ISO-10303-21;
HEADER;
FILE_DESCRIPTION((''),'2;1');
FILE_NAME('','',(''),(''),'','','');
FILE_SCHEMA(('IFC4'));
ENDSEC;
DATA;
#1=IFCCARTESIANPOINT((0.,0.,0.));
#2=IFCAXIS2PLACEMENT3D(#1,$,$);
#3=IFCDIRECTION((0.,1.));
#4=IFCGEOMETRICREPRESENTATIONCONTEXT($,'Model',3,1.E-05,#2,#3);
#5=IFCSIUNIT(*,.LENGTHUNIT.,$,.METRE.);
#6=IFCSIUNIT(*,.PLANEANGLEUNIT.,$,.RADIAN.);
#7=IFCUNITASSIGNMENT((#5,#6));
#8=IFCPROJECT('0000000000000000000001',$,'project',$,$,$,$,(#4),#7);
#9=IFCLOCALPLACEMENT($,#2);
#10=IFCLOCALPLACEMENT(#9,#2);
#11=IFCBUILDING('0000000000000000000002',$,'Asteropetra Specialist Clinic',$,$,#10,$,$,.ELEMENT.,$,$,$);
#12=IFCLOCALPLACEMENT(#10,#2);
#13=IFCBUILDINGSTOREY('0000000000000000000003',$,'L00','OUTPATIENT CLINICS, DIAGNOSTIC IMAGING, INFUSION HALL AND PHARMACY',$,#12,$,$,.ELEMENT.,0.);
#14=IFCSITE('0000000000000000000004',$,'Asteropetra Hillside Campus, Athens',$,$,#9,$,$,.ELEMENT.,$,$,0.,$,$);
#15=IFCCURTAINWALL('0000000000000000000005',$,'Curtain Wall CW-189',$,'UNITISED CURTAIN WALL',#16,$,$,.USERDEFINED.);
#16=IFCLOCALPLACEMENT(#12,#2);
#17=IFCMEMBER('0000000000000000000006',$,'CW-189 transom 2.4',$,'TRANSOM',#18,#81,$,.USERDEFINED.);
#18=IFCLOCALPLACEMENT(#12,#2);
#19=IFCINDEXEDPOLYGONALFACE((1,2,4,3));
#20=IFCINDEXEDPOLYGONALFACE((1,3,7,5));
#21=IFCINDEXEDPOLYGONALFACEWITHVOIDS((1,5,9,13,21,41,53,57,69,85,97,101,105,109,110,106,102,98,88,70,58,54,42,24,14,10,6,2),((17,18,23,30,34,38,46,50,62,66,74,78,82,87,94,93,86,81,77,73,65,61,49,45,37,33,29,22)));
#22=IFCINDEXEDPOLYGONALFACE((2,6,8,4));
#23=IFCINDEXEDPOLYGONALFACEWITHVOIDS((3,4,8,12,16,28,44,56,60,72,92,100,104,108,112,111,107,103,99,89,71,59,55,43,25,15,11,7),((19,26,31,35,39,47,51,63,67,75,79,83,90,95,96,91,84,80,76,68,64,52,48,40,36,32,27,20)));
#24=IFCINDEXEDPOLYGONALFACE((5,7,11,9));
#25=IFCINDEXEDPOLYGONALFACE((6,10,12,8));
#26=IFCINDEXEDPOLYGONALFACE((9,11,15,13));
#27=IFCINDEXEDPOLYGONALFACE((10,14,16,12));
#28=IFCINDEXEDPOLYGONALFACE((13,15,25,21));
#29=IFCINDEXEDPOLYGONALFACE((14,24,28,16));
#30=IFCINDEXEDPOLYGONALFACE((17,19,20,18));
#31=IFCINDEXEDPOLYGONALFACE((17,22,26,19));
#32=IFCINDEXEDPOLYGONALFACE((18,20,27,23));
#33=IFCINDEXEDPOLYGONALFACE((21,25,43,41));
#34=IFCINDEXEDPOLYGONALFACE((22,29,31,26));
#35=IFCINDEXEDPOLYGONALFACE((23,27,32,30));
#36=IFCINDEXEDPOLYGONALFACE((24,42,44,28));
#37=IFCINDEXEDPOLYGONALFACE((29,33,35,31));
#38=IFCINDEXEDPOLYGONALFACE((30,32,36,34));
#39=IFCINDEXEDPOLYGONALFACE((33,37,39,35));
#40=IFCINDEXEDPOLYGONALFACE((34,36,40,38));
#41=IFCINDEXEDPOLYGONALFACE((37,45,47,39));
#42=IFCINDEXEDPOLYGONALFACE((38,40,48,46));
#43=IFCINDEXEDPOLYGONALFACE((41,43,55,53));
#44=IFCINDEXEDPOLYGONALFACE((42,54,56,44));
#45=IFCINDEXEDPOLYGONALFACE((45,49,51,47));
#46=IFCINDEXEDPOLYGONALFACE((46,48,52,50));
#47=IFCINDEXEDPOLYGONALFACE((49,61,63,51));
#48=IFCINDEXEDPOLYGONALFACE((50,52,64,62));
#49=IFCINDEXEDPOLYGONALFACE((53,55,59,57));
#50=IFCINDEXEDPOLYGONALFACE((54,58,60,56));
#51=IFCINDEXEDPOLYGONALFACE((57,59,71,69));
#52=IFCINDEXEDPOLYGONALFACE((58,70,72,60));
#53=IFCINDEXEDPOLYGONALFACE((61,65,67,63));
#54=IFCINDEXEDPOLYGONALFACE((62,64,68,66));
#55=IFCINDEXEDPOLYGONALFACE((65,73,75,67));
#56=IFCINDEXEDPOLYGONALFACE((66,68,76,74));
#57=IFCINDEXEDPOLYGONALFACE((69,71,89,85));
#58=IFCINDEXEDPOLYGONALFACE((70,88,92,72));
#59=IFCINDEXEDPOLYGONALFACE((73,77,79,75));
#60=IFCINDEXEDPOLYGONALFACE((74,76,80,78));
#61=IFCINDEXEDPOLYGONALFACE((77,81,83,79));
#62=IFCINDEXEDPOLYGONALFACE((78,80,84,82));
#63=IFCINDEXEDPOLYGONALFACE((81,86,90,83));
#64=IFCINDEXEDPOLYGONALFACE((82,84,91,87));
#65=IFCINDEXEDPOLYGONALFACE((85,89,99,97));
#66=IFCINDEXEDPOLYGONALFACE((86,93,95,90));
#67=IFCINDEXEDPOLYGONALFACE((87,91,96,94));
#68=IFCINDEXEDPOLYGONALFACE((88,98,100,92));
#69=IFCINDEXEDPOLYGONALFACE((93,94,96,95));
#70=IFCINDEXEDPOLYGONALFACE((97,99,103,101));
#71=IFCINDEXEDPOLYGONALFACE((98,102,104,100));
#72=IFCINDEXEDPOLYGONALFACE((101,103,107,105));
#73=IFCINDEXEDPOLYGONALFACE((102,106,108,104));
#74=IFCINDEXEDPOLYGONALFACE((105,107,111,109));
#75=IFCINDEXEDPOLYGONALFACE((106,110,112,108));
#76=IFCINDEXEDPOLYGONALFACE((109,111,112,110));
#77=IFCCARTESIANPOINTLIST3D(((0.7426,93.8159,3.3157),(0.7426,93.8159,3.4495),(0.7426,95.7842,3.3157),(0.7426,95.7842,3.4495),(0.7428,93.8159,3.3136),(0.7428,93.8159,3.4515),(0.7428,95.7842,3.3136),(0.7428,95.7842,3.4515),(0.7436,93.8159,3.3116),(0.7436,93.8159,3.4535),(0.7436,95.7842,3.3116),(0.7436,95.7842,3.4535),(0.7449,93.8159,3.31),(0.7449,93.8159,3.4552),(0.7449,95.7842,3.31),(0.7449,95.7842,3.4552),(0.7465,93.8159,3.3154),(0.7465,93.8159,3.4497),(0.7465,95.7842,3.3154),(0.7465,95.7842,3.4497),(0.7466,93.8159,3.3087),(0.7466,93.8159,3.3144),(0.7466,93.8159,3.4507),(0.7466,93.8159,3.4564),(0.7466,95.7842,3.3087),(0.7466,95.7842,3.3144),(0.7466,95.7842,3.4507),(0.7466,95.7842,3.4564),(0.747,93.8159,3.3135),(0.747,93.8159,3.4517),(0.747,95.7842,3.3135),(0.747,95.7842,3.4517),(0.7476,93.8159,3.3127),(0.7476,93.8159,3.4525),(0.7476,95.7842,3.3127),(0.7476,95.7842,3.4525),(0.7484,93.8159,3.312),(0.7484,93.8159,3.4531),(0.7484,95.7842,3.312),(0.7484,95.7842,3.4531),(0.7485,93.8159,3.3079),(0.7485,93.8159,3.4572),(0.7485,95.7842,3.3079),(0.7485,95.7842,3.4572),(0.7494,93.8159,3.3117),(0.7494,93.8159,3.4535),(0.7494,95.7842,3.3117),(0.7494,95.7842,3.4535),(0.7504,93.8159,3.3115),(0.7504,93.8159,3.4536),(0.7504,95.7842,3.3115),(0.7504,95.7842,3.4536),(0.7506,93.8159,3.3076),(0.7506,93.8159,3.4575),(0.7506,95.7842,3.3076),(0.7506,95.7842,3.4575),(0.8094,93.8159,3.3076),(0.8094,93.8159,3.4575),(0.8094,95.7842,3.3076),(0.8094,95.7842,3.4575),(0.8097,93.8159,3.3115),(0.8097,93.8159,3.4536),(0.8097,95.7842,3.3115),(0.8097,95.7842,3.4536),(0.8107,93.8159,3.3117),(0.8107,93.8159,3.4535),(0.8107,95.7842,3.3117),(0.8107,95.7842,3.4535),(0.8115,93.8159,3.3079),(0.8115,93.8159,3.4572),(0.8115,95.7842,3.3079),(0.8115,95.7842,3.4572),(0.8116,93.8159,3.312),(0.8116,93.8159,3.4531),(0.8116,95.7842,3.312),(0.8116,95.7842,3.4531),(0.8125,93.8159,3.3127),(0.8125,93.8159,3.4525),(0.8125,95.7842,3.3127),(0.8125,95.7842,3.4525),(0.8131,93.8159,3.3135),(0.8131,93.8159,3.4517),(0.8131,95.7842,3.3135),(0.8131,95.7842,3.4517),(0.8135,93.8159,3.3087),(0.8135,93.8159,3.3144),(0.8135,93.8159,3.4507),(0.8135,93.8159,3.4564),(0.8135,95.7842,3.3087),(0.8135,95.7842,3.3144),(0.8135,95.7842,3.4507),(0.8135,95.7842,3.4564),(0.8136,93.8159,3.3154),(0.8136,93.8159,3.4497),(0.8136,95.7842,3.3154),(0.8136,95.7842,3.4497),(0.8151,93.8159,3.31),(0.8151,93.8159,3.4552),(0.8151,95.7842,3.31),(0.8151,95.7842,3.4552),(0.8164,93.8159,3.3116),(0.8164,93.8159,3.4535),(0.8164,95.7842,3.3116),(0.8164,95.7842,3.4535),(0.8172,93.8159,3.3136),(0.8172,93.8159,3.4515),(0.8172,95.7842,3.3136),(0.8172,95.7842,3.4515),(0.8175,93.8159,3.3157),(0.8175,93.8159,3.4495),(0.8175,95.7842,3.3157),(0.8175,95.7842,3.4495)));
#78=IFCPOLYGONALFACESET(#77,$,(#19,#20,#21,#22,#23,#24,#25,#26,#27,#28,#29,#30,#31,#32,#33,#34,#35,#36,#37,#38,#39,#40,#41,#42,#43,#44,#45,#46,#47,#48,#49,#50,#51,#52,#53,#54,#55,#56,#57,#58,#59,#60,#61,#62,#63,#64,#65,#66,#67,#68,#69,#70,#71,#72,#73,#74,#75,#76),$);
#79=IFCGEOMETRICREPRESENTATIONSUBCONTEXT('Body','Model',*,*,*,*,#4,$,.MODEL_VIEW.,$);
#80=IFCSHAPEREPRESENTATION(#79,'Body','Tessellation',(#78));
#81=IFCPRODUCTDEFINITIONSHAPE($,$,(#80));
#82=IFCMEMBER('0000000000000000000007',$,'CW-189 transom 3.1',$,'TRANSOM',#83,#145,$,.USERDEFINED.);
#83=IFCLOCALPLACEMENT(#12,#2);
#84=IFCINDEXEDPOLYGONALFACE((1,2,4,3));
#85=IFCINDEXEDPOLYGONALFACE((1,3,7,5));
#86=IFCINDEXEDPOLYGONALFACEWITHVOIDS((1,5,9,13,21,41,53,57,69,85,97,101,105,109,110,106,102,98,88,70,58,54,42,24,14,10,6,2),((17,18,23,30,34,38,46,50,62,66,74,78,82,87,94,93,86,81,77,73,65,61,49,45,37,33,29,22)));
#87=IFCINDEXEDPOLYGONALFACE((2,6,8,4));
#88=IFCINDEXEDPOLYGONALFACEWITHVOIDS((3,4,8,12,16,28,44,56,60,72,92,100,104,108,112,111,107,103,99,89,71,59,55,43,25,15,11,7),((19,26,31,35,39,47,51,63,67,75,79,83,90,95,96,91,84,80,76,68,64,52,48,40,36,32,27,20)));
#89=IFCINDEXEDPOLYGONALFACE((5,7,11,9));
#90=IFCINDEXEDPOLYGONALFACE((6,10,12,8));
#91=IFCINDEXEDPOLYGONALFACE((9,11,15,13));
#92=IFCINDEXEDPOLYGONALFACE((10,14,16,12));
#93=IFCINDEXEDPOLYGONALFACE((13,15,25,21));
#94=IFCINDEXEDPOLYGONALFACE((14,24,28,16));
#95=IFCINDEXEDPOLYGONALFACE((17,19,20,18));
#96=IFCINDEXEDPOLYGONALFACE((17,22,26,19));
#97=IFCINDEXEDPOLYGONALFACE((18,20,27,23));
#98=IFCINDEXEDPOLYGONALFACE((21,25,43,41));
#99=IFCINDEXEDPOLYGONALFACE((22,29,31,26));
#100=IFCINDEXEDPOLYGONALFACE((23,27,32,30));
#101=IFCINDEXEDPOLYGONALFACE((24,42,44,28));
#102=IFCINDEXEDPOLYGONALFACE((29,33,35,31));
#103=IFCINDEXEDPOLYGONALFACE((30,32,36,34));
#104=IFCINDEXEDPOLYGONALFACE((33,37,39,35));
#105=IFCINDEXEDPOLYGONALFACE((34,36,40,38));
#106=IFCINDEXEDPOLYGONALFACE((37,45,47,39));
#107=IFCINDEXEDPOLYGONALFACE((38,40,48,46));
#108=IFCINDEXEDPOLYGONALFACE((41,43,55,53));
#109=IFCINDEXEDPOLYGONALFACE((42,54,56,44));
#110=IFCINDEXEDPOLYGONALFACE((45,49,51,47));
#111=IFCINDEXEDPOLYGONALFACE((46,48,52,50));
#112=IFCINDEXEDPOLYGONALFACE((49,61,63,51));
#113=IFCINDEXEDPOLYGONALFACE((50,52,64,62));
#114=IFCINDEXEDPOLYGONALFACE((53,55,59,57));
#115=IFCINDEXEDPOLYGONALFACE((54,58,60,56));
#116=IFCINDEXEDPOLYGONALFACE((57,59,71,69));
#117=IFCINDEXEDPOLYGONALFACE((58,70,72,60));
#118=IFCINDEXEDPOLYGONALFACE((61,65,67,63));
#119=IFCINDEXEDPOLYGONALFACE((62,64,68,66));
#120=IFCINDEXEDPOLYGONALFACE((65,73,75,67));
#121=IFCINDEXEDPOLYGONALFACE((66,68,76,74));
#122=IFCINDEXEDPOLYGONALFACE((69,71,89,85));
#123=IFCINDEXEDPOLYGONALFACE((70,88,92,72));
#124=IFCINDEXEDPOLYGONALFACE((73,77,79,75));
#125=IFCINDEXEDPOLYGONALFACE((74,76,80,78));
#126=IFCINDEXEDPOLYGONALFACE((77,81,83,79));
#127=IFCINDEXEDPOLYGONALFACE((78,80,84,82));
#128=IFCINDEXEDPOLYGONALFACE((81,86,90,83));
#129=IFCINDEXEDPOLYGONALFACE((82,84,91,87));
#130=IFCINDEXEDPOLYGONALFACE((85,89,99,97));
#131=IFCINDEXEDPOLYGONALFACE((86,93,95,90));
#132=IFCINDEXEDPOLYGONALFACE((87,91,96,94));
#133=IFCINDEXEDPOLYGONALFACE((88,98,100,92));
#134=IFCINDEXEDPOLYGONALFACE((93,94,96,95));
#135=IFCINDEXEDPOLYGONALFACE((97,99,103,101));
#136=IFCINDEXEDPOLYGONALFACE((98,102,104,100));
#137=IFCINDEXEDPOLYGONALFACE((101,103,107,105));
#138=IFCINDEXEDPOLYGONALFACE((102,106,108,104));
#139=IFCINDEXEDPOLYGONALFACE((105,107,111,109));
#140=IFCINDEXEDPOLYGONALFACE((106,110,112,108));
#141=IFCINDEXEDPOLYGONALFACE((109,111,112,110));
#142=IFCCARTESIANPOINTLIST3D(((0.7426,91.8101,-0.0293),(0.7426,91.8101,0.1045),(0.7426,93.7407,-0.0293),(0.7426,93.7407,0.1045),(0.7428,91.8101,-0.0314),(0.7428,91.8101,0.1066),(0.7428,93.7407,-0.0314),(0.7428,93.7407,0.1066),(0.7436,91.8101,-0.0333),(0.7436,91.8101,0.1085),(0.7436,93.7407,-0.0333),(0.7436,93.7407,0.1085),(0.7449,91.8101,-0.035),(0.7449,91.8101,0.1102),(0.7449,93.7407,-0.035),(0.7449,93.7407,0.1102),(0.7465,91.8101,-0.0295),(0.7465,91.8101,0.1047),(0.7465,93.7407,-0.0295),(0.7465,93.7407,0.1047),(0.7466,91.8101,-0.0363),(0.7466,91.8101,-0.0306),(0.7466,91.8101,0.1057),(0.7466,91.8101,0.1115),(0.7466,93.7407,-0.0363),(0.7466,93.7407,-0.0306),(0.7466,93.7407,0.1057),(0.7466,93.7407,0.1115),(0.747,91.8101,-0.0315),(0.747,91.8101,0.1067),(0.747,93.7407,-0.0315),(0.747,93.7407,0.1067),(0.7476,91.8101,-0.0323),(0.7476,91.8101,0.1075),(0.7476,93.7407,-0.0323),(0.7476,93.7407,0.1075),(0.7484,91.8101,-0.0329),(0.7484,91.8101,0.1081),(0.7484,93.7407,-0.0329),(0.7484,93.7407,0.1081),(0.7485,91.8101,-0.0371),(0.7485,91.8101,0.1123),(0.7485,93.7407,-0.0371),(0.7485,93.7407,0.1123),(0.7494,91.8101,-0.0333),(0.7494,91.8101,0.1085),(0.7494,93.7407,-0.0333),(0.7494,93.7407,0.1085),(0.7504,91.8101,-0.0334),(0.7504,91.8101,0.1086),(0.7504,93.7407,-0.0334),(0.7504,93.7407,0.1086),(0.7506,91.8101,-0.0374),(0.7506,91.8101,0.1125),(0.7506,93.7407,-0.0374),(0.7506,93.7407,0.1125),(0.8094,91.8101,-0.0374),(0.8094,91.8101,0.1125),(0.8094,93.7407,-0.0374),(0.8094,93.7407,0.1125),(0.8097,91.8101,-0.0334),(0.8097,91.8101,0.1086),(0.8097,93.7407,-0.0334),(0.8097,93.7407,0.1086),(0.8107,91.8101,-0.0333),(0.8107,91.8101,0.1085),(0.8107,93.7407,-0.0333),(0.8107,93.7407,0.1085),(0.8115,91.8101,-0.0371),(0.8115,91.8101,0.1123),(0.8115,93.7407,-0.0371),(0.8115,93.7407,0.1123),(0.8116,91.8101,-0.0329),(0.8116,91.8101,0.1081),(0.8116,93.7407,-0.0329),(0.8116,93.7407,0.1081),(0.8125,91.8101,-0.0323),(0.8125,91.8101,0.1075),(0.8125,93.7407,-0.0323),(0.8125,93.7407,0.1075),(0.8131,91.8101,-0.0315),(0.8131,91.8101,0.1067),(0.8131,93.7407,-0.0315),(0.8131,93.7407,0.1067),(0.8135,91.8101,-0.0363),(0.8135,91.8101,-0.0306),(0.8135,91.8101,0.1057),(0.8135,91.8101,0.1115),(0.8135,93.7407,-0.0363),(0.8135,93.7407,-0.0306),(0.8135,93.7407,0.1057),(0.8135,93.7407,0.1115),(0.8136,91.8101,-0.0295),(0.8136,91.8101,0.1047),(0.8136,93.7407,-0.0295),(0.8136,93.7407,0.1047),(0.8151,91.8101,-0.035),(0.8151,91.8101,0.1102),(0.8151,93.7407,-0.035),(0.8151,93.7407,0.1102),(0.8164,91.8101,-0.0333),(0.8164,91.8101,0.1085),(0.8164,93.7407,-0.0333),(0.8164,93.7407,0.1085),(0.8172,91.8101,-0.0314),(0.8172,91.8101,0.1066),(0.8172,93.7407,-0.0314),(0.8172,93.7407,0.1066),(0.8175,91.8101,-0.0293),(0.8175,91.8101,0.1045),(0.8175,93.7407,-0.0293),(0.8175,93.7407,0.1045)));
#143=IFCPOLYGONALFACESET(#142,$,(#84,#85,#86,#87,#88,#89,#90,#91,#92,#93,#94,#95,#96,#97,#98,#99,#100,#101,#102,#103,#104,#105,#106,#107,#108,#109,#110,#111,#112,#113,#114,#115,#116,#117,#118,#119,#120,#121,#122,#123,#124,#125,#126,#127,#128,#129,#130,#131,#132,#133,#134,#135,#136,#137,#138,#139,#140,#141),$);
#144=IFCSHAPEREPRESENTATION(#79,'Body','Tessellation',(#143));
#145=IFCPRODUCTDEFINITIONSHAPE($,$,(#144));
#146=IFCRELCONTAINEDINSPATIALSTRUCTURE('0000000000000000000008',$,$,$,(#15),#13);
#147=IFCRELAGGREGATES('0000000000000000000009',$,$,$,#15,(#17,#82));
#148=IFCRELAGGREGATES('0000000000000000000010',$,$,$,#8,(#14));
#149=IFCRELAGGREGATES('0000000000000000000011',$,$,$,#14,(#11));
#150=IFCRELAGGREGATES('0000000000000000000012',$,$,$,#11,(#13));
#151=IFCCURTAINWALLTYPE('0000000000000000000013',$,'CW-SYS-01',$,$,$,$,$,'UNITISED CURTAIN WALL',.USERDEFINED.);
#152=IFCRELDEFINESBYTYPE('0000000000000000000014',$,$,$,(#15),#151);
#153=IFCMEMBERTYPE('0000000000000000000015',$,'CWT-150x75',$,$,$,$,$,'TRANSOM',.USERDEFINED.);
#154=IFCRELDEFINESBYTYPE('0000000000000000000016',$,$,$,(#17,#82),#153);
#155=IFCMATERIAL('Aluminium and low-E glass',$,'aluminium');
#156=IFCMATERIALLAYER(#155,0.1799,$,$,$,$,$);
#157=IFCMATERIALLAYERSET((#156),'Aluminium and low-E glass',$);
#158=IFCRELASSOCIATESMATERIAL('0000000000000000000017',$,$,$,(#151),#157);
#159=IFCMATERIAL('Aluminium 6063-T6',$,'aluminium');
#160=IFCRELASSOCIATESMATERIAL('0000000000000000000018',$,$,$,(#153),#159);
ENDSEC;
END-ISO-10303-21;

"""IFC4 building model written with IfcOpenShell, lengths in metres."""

from ifc_helpers import new_model, si_unit, direction, frame, origin, origin_2d, place, context, subcontext, project, spatial, hollow_rectangle, extrude, material, layer, layer_set, material_profile, profile_set, type_object, element, aggregate, save


model = new_model("IFC4")

# Units and contexts
model_context = context("Model", 3, precision=1e-05, world=origin(), true_north=direction((0.0, 1.0)))
body_context = subcontext(model_context, "Body", "Model", "MODEL_VIEW")
ifc_project = project(units=[si_unit("LENGTHUNIT", "METRE"), si_unit("PLANEANGLEUNIT", "RADIAN")], contexts=[model_context])

# Site, building, storey
site_placement = place(None, origin())
site = spatial("IfcSite", under=ifc_project, at=site_placement, Name="Asteropetra Hillside Campus, Athens", CompositionType="ELEMENT", RefElevation=0.0)
building_placement = place(site_placement, origin())
building = spatial("IfcBuilding", under=site, at=building_placement, Name="Asteropetra Specialist Clinic", CompositionType="ELEMENT")
storey_placement = place(building_placement, origin())
storey = spatial("IfcBuildingStorey", under=building, at=storey_placement, Name="L00", Description="OUTPATIENT CLINICS, DIAGNOSTIC IMAGING, INFUSION HALL AND PHARMACY", CompositionType="ELEMENT", Elevation=0.0)

# Curtain wall, members
ifc_material_1 = material(Name="Aluminium and low-E glass", Category="aluminium")
ifc_layer_1 = layer(ifc_material_1, 0.1799)
ifc_layer_set_1 = layer_set([ifc_layer_1], Name="Aluminium and low-E glass")
curtain_wall_type = type_object("IfcCurtainWallType", Name="CW-SYS-01", ElementType="UNITISED CURTAIN WALL", PredefinedType="USERDEFINED", material=ifc_layer_set_1)
curtain_wall_placement = place(storey_placement, origin())
curtain_wall = element("IfcCurtainWall", 1, at=curtain_wall_placement, inside=storey, type_object=curtain_wall_type, Name="Curtain Wall CW-189", ObjectType="UNITISED CURTAIN WALL", PredefinedType="USERDEFINED")
ifc_material_2 = material(Name="Aluminium 6063-T6", Category="aluminium")
ifc_material_profile_1 = material_profile(ifc_material_2, hollow_rectangle(XDim=0.075, YDim=0.1499, WallThickness=0.0039, InnerFilletRadius=0.0039, OuterFilletRadius=0.0081, at=origin_2d()), Name="TRN 150x75x4.0")
ifc_profile_set_1 = profile_set([ifc_material_profile_1], Name="Aluminium 6063-T6")
member_type_1 = type_object("IfcMemberType", Name="CWT-150x75", ElementType="TRANSOM", PredefinedType="USERDEFINED", material=ifc_profile_set_1)
member_1_placement = place(storey_placement, frame((0.78, 95.7842, 3.3826), z_axis=(0.0, -1.0, 0.0), x_axis=(1.0, 0.0, 0.0)))
member_1 = element("IfcMember", 2, at=member_1_placement, type_object=member_type_1, Name="CW-189 transom 2.4", ObjectType="TRANSOM", PredefinedType="USERDEFINED", context=body_context, shape_type="SweptSolid", body=[
    extrude(hollow_rectangle(XDim=0.075, YDim=0.1499, WallThickness=0.0039, InnerFilletRadius=0.0039, OuterFilletRadius=0.0081, at=origin_2d()), origin(), (0.0, 0.0, 1.0), 1.9683),
])
member_2_placement = place(storey_placement, frame((0.78, 93.7407, 0.0376), z_axis=(0.0, -1.0, 0.0), x_axis=(1.0, 0.0, 0.0)))
member_2 = element("IfcMember", 3, at=member_2_placement, type_object=member_type_1, Name="CW-189 transom 3.1", ObjectType="TRANSOM", PredefinedType="USERDEFINED", context=body_context, shape_type="SweptSolid", body=[
    extrude(hollow_rectangle(XDim=0.075, YDim=0.1499, WallThickness=0.0039, InnerFilletRadius=0.0039, OuterFilletRadius=0.0081, at=origin_2d()), origin(), (0.0, 0.0, 1.0), 1.9307),
])
aggregate(curtain_wall, [member_1, member_2])

save(model, "model.ifc")
